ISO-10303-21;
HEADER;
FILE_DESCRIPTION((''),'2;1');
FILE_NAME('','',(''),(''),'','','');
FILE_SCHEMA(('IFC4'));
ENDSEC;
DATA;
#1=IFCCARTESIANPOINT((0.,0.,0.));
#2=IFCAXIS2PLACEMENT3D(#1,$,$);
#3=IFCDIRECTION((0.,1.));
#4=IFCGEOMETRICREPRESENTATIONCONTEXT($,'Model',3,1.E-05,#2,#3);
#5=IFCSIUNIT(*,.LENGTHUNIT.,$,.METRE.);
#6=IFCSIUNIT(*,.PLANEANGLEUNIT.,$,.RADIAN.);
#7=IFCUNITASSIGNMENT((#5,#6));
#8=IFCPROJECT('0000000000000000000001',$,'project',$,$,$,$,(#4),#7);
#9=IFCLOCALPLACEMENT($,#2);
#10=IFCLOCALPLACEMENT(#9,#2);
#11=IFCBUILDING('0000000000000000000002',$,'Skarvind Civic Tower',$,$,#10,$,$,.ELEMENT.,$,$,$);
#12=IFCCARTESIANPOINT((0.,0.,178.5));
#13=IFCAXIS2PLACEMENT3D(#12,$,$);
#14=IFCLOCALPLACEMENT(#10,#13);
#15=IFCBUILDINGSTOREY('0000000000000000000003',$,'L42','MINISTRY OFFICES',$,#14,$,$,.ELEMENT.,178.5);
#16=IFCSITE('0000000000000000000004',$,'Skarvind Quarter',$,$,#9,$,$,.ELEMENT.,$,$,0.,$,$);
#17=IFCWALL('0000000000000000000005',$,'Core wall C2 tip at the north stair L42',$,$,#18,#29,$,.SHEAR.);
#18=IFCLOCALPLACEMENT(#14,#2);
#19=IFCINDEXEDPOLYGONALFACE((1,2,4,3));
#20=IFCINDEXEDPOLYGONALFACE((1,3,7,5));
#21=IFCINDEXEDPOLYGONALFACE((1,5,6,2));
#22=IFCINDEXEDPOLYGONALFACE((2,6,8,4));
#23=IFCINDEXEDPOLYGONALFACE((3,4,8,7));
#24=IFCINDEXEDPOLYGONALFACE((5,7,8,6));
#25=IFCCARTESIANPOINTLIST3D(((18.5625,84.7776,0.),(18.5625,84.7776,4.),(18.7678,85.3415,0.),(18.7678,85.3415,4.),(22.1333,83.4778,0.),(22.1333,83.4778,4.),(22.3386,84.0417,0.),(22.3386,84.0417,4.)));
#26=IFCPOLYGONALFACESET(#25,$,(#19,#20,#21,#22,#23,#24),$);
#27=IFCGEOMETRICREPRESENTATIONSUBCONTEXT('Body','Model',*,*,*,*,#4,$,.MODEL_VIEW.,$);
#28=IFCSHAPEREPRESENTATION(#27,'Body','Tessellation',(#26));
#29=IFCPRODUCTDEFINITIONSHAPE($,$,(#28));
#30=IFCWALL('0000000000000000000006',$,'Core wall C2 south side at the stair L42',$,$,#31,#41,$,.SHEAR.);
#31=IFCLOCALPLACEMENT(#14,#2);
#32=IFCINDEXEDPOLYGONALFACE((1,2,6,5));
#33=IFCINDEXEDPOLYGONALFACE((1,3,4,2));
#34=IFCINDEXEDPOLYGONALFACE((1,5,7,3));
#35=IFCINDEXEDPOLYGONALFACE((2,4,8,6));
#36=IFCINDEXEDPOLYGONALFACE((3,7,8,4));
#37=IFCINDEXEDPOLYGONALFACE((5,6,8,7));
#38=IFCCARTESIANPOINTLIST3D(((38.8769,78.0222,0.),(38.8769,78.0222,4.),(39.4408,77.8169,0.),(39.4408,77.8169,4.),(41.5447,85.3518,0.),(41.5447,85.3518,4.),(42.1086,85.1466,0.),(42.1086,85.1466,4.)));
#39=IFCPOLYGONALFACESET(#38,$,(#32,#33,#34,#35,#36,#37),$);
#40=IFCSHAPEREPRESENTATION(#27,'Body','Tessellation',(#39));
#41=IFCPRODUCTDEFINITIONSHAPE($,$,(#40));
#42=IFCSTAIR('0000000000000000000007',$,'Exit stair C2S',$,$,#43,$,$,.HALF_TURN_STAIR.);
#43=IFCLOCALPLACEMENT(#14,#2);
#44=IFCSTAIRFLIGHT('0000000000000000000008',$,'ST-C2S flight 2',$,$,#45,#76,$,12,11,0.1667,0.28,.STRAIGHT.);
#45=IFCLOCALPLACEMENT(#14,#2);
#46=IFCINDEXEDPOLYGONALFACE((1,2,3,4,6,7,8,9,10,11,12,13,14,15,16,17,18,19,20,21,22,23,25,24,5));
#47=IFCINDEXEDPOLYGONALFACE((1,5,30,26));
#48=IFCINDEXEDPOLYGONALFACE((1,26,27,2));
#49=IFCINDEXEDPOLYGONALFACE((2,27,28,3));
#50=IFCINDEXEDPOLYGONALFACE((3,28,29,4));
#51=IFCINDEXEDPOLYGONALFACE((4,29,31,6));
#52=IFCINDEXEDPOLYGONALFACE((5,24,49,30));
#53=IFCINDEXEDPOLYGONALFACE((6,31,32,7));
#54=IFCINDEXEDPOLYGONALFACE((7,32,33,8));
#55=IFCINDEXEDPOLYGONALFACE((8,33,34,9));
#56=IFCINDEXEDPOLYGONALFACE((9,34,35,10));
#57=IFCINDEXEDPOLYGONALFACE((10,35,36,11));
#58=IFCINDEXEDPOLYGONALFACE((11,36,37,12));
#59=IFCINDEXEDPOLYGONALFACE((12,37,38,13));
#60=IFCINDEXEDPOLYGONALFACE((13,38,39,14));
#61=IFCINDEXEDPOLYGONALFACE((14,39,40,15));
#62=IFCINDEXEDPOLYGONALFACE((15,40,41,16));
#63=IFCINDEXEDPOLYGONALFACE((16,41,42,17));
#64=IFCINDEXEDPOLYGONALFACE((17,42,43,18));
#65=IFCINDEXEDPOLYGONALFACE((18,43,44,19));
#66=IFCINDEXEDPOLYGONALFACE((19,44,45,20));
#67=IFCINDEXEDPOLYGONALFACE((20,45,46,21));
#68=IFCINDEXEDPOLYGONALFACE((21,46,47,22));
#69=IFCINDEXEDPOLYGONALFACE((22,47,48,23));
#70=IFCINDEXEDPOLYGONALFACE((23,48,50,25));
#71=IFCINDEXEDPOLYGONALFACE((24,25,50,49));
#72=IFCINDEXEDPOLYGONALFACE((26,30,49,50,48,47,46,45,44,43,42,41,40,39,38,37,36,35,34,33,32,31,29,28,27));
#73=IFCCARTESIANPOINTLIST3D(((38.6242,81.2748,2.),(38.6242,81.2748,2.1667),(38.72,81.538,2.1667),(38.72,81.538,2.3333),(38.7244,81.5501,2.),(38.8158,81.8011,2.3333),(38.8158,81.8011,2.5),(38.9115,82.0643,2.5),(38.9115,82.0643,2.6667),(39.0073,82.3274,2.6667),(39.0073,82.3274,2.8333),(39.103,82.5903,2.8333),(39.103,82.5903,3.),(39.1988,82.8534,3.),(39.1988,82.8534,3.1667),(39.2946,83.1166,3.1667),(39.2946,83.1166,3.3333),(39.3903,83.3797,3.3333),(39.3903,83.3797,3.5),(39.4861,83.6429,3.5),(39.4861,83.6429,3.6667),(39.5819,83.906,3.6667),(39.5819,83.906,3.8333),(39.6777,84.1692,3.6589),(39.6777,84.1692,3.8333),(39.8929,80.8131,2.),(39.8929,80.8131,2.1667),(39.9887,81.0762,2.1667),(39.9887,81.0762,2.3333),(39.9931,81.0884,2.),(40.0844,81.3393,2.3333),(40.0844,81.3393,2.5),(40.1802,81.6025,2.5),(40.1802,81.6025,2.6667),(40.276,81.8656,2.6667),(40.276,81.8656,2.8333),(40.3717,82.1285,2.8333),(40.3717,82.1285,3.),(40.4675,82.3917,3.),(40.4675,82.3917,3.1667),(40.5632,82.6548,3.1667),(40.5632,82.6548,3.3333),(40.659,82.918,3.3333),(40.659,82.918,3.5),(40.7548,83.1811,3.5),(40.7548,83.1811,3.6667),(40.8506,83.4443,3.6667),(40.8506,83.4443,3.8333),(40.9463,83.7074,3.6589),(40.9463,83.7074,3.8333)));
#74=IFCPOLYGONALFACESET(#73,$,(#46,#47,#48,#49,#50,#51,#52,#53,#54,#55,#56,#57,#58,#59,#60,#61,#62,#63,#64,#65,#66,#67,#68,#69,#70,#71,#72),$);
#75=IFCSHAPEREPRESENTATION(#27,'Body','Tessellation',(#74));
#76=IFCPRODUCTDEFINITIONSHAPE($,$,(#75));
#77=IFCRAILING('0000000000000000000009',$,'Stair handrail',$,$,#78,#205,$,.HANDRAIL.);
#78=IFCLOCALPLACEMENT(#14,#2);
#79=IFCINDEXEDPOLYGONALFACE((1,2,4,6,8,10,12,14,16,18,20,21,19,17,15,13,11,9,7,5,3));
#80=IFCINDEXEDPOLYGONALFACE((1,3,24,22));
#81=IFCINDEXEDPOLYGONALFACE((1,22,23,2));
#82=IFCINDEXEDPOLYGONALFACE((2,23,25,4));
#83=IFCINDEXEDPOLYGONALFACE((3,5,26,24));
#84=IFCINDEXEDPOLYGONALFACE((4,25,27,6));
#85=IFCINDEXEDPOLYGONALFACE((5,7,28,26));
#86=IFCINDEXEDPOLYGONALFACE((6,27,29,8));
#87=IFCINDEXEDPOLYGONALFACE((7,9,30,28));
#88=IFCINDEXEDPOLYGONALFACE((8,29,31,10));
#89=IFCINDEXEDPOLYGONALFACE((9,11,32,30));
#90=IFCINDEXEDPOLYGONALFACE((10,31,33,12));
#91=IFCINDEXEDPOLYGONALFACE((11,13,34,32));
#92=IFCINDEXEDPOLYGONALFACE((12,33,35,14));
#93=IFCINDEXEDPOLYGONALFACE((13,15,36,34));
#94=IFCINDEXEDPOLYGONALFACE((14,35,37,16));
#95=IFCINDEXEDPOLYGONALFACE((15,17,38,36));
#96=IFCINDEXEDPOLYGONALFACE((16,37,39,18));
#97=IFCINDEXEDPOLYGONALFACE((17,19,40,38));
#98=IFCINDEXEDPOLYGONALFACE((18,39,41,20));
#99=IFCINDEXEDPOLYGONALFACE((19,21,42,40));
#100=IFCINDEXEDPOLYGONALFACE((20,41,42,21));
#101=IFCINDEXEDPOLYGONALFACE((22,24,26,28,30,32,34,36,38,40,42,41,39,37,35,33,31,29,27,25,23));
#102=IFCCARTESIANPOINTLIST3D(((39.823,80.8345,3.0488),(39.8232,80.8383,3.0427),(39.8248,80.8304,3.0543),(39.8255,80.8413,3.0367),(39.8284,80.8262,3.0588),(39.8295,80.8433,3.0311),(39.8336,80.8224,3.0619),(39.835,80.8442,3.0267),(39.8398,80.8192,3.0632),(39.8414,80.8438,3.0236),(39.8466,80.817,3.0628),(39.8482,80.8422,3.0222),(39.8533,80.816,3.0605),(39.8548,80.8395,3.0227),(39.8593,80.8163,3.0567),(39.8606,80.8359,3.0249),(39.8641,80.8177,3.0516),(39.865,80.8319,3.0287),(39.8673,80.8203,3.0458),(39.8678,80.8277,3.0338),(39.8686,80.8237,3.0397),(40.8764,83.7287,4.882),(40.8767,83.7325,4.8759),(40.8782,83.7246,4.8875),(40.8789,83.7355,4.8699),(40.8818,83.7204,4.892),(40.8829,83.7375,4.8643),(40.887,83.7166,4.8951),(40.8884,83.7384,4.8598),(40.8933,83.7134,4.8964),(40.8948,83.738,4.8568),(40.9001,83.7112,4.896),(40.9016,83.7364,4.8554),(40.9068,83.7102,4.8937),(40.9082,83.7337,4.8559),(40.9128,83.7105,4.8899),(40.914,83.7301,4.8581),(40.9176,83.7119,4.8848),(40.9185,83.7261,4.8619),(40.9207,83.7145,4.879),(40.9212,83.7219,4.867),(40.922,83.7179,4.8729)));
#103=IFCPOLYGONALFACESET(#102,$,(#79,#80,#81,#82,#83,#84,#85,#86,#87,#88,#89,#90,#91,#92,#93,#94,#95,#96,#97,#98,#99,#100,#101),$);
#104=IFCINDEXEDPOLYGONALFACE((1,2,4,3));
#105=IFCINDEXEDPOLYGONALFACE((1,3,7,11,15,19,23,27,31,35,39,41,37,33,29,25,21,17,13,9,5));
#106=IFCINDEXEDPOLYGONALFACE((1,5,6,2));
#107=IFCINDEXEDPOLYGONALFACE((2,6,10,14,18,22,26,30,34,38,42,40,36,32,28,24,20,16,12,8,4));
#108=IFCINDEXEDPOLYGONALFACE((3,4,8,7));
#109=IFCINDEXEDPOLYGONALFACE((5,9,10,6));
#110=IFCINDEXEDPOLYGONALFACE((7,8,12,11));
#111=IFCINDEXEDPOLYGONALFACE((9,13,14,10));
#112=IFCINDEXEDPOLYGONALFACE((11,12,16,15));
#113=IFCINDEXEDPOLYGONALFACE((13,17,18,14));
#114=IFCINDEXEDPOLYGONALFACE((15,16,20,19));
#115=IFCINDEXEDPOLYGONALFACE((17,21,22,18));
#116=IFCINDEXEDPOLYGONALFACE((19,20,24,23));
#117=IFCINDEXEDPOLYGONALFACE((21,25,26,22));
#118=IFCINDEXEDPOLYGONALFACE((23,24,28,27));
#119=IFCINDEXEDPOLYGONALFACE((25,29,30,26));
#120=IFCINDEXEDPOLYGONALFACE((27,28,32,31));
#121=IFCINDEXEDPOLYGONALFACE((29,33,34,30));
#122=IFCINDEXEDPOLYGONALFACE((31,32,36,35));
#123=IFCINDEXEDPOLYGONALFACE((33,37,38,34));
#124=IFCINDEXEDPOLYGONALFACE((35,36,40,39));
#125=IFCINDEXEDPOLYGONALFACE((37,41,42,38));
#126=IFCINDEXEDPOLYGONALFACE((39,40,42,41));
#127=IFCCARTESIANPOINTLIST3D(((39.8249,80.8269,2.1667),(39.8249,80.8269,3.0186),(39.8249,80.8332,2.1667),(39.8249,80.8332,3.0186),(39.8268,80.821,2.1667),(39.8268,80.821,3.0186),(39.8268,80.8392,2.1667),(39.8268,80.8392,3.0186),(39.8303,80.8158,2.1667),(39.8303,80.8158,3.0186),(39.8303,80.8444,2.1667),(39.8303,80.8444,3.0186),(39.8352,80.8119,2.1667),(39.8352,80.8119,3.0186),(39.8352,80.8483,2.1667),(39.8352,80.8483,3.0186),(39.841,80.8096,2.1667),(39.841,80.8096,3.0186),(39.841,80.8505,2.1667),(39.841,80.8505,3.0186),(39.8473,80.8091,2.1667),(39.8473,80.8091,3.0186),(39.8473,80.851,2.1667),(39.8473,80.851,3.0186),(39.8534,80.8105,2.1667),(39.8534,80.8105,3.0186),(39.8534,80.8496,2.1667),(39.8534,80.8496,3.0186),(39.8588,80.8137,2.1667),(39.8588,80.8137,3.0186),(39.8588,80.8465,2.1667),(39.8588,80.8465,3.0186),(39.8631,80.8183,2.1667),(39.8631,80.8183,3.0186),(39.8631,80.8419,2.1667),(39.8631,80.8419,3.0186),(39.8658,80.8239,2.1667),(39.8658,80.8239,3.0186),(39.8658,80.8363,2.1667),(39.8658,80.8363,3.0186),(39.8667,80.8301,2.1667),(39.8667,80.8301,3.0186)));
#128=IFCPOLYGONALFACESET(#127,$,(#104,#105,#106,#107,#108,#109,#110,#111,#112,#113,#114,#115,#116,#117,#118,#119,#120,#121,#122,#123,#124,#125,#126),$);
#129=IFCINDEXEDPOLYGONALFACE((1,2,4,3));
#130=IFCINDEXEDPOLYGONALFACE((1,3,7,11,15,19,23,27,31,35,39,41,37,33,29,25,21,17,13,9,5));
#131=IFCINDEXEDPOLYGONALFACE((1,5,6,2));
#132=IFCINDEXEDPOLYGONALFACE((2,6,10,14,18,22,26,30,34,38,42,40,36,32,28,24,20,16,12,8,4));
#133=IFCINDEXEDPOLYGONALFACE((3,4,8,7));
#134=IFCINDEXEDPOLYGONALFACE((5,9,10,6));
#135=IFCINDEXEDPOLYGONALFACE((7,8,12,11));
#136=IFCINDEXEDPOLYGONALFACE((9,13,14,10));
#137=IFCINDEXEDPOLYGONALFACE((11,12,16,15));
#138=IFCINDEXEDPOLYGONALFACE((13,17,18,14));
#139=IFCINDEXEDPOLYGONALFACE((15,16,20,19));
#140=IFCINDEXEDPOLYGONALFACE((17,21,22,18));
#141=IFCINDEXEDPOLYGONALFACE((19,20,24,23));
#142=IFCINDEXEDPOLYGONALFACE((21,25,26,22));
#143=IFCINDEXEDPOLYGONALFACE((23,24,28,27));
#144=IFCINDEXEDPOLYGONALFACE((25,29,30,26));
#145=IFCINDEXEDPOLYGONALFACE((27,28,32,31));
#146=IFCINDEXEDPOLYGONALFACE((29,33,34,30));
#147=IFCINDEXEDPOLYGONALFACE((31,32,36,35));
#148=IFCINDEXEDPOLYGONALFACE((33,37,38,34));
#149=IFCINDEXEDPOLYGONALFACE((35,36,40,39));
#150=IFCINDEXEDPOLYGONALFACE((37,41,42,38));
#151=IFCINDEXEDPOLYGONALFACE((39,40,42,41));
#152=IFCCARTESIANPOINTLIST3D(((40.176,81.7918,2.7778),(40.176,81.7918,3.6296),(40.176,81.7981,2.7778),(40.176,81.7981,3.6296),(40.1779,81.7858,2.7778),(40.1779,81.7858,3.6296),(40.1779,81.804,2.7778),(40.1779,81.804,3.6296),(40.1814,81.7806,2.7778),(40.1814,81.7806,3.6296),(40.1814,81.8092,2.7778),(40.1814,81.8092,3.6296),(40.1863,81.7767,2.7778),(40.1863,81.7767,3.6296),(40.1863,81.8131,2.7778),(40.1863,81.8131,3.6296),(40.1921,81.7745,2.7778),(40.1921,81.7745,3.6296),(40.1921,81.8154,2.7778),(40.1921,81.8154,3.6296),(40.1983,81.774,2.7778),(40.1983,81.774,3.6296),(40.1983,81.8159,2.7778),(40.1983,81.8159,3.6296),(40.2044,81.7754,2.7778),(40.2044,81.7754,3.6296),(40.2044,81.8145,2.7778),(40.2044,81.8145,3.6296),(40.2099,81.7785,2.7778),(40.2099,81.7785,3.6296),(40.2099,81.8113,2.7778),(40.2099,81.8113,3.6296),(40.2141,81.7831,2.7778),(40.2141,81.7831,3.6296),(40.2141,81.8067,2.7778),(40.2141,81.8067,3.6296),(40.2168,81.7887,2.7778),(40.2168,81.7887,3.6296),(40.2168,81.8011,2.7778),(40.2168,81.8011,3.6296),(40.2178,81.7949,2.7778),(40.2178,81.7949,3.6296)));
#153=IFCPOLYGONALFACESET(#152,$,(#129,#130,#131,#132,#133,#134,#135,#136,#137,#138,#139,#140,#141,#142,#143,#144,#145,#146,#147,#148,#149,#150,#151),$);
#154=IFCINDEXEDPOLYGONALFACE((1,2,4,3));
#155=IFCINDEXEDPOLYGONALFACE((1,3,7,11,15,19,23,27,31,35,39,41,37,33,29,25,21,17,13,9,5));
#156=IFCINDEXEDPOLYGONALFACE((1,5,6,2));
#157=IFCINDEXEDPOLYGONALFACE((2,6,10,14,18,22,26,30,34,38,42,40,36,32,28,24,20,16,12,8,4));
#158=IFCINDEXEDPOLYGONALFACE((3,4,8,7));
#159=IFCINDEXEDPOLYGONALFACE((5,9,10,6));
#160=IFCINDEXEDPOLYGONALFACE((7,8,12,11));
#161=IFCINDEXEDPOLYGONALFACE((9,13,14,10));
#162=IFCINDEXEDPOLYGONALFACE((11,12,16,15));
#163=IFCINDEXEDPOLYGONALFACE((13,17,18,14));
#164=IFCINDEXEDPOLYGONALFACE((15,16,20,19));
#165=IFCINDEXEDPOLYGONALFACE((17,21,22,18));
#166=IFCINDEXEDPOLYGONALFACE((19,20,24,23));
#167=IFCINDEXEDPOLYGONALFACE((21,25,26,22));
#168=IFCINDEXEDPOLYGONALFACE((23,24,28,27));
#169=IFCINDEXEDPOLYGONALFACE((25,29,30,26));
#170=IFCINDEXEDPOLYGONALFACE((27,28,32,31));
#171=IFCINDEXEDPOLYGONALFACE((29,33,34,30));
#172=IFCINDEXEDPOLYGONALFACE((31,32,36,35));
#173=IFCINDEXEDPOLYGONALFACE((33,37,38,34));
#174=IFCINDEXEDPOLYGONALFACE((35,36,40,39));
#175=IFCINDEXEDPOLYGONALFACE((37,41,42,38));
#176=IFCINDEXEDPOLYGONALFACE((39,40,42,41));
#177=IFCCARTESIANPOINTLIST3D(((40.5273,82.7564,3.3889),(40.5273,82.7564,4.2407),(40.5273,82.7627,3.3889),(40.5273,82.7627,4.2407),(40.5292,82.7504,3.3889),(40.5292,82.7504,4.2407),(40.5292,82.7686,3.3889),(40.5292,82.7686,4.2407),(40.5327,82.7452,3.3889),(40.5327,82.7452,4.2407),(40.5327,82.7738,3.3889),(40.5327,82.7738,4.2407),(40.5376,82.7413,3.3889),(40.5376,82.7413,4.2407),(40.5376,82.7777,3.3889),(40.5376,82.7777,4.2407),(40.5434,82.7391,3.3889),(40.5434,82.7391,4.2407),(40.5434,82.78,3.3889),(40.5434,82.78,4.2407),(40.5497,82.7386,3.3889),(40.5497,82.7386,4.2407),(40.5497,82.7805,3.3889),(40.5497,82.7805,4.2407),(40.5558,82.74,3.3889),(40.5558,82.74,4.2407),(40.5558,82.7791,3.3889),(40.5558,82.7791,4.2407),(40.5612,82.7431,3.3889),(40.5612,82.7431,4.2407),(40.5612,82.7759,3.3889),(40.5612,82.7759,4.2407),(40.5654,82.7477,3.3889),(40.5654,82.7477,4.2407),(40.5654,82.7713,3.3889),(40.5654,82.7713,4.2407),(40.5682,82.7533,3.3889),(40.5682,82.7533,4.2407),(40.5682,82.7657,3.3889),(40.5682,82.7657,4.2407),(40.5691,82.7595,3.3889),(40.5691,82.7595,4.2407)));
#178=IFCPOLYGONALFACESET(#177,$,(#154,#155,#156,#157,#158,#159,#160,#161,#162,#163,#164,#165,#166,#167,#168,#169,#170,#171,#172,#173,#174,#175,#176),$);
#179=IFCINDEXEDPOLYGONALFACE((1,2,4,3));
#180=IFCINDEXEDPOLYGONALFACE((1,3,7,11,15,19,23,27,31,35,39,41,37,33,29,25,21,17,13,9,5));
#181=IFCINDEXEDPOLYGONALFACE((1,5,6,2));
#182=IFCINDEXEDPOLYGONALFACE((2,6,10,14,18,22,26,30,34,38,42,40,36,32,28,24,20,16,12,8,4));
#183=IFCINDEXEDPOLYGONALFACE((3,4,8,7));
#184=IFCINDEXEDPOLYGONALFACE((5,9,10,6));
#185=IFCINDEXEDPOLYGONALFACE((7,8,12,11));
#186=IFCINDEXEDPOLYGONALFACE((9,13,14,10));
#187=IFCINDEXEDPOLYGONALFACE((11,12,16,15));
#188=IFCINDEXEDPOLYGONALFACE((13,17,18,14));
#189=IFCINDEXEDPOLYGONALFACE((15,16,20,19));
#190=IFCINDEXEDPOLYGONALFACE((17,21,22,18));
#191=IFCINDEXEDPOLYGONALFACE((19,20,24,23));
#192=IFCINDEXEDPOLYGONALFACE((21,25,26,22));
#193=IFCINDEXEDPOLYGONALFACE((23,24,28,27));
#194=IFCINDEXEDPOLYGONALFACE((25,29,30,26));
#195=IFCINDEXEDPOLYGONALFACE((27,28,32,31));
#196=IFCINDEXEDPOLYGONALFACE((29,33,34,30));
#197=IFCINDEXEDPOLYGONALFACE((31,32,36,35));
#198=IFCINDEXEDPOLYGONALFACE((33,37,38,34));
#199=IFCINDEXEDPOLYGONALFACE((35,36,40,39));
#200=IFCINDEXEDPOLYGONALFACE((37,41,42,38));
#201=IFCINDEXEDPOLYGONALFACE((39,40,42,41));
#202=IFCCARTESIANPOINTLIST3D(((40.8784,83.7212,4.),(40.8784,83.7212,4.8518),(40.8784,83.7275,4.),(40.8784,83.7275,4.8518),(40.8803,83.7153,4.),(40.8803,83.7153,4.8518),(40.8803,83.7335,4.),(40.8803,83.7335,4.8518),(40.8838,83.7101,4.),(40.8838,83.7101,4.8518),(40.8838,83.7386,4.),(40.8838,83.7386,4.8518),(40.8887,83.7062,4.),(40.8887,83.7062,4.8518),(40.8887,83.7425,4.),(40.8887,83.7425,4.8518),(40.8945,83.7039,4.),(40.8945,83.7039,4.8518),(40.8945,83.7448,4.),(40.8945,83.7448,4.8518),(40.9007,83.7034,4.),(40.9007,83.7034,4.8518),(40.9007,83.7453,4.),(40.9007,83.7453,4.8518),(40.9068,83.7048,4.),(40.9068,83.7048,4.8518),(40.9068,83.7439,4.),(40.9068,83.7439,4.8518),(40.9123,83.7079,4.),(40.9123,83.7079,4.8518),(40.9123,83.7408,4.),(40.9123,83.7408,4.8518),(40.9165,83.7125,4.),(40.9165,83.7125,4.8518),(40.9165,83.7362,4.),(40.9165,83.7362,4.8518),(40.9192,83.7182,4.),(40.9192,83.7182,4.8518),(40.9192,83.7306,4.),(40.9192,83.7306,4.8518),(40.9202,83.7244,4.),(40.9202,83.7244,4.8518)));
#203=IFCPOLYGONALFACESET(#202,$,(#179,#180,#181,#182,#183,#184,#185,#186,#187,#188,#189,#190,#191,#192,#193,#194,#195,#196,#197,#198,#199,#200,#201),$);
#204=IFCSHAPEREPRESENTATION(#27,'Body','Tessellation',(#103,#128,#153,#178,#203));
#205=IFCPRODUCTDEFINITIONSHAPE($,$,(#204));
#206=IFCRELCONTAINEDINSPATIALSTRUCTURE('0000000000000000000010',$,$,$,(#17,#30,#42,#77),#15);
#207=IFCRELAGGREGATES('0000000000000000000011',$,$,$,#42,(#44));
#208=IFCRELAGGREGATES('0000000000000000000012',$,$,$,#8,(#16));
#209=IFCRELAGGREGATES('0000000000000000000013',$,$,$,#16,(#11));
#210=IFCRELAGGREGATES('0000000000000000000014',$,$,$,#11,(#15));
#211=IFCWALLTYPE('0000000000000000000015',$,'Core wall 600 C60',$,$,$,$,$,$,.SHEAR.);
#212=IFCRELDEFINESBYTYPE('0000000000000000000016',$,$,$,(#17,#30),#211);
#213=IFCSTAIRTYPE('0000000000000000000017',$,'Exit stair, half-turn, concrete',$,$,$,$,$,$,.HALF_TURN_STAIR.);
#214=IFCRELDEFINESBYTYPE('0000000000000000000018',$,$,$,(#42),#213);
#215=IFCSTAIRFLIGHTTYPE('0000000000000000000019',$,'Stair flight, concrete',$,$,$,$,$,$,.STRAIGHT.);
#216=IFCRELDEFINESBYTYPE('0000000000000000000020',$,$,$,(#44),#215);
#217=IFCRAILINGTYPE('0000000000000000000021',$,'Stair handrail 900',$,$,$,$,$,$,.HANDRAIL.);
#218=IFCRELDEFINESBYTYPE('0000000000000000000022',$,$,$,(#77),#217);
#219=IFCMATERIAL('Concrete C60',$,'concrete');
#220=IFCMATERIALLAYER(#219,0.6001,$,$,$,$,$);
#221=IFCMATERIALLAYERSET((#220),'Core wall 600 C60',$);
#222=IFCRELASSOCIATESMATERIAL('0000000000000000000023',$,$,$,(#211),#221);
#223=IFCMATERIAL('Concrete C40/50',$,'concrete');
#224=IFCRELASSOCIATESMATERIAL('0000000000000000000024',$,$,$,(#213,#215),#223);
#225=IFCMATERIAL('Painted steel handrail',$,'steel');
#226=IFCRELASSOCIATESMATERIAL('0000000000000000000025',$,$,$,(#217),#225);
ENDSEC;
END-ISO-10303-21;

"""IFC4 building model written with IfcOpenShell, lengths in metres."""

from ifc_helpers import new_model, si_unit, direction, frame, frame_2d, origin, origin_2d, place, context, subcontext, project, spatial, polyline, rectangle, circle, outline, extrude, material, layer, layer_set, type_object, element, aggregate, save


model = new_model("IFC4")

# Units and contexts
model_context = context("Model", 3, precision=1e-05, world=origin(), true_north=direction((0.0, 1.0)))
body_context = subcontext(model_context, "Body", "Model", "MODEL_VIEW")
ifc_project = project(units=[si_unit("LENGTHUNIT", "METRE"), si_unit("PLANEANGLEUNIT", "RADIAN")], contexts=[model_context])

# Site, building, storey
site_placement = place(None, origin())
site = spatial("IfcSite", under=ifc_project, at=site_placement, Name="Skarvind Quarter", CompositionType="ELEMENT", RefElevation=0.0)
building_placement = place(site_placement, origin())
building = spatial("IfcBuilding", under=site, at=building_placement, Name="Skarvind Civic Tower", CompositionType="ELEMENT")
storey_placement = place(building_placement, frame((0.0, 0.0, 178.5)))
storey = spatial("IfcBuildingStorey", under=building, at=storey_placement, Name="L42", Description="MINISTRY OFFICES", CompositionType="ELEMENT", Elevation=178.5)

# Shared definitions
ifc_material_1 = material(Name="Concrete C40/50", Category="concrete")

# Shared definitions
ifc_material_2 = material(Name="Concrete C60", Category="concrete")

# Walls
ifc_layer_1 = layer(ifc_material_2, 0.6001)
ifc_layer_set_1 = layer_set([ifc_layer_1], Name="Core wall 600 C60")
wall_type_1 = type_object("IfcWallType", Name="Core wall 600 C60", PredefinedType="SHEAR", material=ifc_layer_set_1)
for number, where, z_axis, x_axis, name in (
    (1, (22.2358, 83.7598, 0.0), (0.0, 0.0, 1.0), (-0.939681, 0.342053, 0.0), "Core wall C2 tip at the north stair L42"),
):
    element("IfcWall", number, at=place(storey_placement, frame(where, z_axis=z_axis, x_axis=x_axis)), inside=storey, type_object=wall_type_1, Name=name, PredefinedType="SHEAR", context=body_context, shape_type="SweptSolid", body=[
        extrude(rectangle(XDim=3.8, YDim=0.6001, at=frame_2d((1.8999, 0.0))), origin(), (0.0, 0.0, 1.0), 4.0),
    ])
wall_1_placement = place(storey_placement, frame((39.1589, 77.9197, 0.0), z_axis=(0.0, 0.0, 1.0), x_axis=(0.342017, 0.939694, 0.0)))
element("IfcWall", 2, at=wall_1_placement, inside=storey, type_object=wall_type_1, Name="Core wall C2 south side at the stair L42", PredefinedType="SHEAR", context=body_context, shape_type="SweptSolid", body=[
    extrude(rectangle(XDim=7.8, YDim=0.6001, at=frame_2d((3.8999, 0.0))), origin(), (0.0, 0.0, 1.0), 4.0),
])

# Stair, stair flight
stair_type_1 = type_object("IfcStairType", Name="Exit stair, half-turn, concrete", PredefinedType="HALF_TURN_STAIR", material=ifc_material_1)
stair_1_placement = place(storey_placement, origin())
stair_1 = element("IfcStair", 3, at=stair_1_placement, inside=storey, type_object=stair_type_1, Name="Exit stair C2S", PredefinedType="HALF_TURN_STAIR")
stair_flight_type = type_object("IfcStairFlightType", Name="Stair flight, concrete", PredefinedType="STRAIGHT", material=ifc_material_1)
stair_flight_placement = place(storey_placement, frame((39.2585, 81.0439, 2.0), z_axis=(0.0, 0.0, 1.0), x_axis=(0.34202, 0.939693, 0.0)))
stair_flight = element("IfcStairFlight", 4, at=stair_flight_placement, type_object=stair_flight_type, Name="ST-C2S flight 2", NumberOfRisers=12, NumberOfTreads=11, PredefinedType="STRAIGHT", RiserHeight=0.1667, TreadLength=0.28, context=body_context, shape_type="SweptSolid", body=[
    extrude(outline(polyline([(0.0, 0.0), (0.0, 0.1667), (0.28, 0.1667), (0.28, 0.3333), (0.5601, 0.3333), (0.5601, 0.5), (0.8401, 0.5), (0.8401, 0.6667), (1.1201, 0.6667), (1.1201, 0.8333), (1.3999, 0.8333), (1.3999, 1.0), (1.6799, 1.0), (1.6799, 1.1667), (1.96, 1.1667), (1.96, 1.3333), (2.24, 1.3333), (2.24, 1.5), (2.52, 1.5), (2.52, 1.6667), (2.8, 1.6667), (2.8, 1.8333), (3.0801, 1.8333), (3.0801, 2.0), (3.0801, 1.6589), (0.293, 0.0), (0.0, 0.0)])), frame((0.0, 0.675, 0.0), z_axis=(0.0, -1.0, 0.0), x_axis=(1.0, 0.0, 0.0)), (0.0, 0.0, 1.0), 1.3501),
])
aggregate(stair_1, [stair_flight])

# Railing
ifc_material_3 = material(Name="Painted steel handrail", Category="steel")
railing_type = type_object("IfcRailingType", Name="Stair handrail 900", PredefinedType="HANDRAIL", material=ifc_material_3)
railing_placement = place(storey_placement, frame((39.8457, 80.8301, 2.1667)))
element("IfcRailing", 5, at=railing_placement, inside=storey, type_object=railing_type, Name="Stair handrail", PredefinedType="HANDRAIL", context=body_context, shape_type="SweptSolid", body=[
    extrude(circle(Radius=0.0239, at=origin_2d()), frame((0.0, 0.0, 0.876), z_axis=(0.293908, 0.807481, 0.511461), x_axis=(-0.939689, 0.342029, 0.0)), (0.0, 0.0, 1.0), 3.5842),
    extrude(circle(Radius=0.021, at=origin_2d()), origin(), (0.0, 0.0, 1.0), 0.8518),
    extrude(circle(Radius=0.021, at=origin_2d()), frame((0.3511, 0.9648, 0.6111)), (0.0, 0.0, 1.0), 0.8518),
    extrude(circle(Radius=0.021, at=origin_2d()), frame((0.7024, 1.9294, 1.2222)), (0.0, 0.0, 1.0), 0.8518),
    extrude(circle(Radius=0.021, at=origin_2d()), frame((1.0535, 2.8943, 1.8333)), (0.0, 0.0, 1.0), 0.8518),
])

save(model, "model.ifc")
